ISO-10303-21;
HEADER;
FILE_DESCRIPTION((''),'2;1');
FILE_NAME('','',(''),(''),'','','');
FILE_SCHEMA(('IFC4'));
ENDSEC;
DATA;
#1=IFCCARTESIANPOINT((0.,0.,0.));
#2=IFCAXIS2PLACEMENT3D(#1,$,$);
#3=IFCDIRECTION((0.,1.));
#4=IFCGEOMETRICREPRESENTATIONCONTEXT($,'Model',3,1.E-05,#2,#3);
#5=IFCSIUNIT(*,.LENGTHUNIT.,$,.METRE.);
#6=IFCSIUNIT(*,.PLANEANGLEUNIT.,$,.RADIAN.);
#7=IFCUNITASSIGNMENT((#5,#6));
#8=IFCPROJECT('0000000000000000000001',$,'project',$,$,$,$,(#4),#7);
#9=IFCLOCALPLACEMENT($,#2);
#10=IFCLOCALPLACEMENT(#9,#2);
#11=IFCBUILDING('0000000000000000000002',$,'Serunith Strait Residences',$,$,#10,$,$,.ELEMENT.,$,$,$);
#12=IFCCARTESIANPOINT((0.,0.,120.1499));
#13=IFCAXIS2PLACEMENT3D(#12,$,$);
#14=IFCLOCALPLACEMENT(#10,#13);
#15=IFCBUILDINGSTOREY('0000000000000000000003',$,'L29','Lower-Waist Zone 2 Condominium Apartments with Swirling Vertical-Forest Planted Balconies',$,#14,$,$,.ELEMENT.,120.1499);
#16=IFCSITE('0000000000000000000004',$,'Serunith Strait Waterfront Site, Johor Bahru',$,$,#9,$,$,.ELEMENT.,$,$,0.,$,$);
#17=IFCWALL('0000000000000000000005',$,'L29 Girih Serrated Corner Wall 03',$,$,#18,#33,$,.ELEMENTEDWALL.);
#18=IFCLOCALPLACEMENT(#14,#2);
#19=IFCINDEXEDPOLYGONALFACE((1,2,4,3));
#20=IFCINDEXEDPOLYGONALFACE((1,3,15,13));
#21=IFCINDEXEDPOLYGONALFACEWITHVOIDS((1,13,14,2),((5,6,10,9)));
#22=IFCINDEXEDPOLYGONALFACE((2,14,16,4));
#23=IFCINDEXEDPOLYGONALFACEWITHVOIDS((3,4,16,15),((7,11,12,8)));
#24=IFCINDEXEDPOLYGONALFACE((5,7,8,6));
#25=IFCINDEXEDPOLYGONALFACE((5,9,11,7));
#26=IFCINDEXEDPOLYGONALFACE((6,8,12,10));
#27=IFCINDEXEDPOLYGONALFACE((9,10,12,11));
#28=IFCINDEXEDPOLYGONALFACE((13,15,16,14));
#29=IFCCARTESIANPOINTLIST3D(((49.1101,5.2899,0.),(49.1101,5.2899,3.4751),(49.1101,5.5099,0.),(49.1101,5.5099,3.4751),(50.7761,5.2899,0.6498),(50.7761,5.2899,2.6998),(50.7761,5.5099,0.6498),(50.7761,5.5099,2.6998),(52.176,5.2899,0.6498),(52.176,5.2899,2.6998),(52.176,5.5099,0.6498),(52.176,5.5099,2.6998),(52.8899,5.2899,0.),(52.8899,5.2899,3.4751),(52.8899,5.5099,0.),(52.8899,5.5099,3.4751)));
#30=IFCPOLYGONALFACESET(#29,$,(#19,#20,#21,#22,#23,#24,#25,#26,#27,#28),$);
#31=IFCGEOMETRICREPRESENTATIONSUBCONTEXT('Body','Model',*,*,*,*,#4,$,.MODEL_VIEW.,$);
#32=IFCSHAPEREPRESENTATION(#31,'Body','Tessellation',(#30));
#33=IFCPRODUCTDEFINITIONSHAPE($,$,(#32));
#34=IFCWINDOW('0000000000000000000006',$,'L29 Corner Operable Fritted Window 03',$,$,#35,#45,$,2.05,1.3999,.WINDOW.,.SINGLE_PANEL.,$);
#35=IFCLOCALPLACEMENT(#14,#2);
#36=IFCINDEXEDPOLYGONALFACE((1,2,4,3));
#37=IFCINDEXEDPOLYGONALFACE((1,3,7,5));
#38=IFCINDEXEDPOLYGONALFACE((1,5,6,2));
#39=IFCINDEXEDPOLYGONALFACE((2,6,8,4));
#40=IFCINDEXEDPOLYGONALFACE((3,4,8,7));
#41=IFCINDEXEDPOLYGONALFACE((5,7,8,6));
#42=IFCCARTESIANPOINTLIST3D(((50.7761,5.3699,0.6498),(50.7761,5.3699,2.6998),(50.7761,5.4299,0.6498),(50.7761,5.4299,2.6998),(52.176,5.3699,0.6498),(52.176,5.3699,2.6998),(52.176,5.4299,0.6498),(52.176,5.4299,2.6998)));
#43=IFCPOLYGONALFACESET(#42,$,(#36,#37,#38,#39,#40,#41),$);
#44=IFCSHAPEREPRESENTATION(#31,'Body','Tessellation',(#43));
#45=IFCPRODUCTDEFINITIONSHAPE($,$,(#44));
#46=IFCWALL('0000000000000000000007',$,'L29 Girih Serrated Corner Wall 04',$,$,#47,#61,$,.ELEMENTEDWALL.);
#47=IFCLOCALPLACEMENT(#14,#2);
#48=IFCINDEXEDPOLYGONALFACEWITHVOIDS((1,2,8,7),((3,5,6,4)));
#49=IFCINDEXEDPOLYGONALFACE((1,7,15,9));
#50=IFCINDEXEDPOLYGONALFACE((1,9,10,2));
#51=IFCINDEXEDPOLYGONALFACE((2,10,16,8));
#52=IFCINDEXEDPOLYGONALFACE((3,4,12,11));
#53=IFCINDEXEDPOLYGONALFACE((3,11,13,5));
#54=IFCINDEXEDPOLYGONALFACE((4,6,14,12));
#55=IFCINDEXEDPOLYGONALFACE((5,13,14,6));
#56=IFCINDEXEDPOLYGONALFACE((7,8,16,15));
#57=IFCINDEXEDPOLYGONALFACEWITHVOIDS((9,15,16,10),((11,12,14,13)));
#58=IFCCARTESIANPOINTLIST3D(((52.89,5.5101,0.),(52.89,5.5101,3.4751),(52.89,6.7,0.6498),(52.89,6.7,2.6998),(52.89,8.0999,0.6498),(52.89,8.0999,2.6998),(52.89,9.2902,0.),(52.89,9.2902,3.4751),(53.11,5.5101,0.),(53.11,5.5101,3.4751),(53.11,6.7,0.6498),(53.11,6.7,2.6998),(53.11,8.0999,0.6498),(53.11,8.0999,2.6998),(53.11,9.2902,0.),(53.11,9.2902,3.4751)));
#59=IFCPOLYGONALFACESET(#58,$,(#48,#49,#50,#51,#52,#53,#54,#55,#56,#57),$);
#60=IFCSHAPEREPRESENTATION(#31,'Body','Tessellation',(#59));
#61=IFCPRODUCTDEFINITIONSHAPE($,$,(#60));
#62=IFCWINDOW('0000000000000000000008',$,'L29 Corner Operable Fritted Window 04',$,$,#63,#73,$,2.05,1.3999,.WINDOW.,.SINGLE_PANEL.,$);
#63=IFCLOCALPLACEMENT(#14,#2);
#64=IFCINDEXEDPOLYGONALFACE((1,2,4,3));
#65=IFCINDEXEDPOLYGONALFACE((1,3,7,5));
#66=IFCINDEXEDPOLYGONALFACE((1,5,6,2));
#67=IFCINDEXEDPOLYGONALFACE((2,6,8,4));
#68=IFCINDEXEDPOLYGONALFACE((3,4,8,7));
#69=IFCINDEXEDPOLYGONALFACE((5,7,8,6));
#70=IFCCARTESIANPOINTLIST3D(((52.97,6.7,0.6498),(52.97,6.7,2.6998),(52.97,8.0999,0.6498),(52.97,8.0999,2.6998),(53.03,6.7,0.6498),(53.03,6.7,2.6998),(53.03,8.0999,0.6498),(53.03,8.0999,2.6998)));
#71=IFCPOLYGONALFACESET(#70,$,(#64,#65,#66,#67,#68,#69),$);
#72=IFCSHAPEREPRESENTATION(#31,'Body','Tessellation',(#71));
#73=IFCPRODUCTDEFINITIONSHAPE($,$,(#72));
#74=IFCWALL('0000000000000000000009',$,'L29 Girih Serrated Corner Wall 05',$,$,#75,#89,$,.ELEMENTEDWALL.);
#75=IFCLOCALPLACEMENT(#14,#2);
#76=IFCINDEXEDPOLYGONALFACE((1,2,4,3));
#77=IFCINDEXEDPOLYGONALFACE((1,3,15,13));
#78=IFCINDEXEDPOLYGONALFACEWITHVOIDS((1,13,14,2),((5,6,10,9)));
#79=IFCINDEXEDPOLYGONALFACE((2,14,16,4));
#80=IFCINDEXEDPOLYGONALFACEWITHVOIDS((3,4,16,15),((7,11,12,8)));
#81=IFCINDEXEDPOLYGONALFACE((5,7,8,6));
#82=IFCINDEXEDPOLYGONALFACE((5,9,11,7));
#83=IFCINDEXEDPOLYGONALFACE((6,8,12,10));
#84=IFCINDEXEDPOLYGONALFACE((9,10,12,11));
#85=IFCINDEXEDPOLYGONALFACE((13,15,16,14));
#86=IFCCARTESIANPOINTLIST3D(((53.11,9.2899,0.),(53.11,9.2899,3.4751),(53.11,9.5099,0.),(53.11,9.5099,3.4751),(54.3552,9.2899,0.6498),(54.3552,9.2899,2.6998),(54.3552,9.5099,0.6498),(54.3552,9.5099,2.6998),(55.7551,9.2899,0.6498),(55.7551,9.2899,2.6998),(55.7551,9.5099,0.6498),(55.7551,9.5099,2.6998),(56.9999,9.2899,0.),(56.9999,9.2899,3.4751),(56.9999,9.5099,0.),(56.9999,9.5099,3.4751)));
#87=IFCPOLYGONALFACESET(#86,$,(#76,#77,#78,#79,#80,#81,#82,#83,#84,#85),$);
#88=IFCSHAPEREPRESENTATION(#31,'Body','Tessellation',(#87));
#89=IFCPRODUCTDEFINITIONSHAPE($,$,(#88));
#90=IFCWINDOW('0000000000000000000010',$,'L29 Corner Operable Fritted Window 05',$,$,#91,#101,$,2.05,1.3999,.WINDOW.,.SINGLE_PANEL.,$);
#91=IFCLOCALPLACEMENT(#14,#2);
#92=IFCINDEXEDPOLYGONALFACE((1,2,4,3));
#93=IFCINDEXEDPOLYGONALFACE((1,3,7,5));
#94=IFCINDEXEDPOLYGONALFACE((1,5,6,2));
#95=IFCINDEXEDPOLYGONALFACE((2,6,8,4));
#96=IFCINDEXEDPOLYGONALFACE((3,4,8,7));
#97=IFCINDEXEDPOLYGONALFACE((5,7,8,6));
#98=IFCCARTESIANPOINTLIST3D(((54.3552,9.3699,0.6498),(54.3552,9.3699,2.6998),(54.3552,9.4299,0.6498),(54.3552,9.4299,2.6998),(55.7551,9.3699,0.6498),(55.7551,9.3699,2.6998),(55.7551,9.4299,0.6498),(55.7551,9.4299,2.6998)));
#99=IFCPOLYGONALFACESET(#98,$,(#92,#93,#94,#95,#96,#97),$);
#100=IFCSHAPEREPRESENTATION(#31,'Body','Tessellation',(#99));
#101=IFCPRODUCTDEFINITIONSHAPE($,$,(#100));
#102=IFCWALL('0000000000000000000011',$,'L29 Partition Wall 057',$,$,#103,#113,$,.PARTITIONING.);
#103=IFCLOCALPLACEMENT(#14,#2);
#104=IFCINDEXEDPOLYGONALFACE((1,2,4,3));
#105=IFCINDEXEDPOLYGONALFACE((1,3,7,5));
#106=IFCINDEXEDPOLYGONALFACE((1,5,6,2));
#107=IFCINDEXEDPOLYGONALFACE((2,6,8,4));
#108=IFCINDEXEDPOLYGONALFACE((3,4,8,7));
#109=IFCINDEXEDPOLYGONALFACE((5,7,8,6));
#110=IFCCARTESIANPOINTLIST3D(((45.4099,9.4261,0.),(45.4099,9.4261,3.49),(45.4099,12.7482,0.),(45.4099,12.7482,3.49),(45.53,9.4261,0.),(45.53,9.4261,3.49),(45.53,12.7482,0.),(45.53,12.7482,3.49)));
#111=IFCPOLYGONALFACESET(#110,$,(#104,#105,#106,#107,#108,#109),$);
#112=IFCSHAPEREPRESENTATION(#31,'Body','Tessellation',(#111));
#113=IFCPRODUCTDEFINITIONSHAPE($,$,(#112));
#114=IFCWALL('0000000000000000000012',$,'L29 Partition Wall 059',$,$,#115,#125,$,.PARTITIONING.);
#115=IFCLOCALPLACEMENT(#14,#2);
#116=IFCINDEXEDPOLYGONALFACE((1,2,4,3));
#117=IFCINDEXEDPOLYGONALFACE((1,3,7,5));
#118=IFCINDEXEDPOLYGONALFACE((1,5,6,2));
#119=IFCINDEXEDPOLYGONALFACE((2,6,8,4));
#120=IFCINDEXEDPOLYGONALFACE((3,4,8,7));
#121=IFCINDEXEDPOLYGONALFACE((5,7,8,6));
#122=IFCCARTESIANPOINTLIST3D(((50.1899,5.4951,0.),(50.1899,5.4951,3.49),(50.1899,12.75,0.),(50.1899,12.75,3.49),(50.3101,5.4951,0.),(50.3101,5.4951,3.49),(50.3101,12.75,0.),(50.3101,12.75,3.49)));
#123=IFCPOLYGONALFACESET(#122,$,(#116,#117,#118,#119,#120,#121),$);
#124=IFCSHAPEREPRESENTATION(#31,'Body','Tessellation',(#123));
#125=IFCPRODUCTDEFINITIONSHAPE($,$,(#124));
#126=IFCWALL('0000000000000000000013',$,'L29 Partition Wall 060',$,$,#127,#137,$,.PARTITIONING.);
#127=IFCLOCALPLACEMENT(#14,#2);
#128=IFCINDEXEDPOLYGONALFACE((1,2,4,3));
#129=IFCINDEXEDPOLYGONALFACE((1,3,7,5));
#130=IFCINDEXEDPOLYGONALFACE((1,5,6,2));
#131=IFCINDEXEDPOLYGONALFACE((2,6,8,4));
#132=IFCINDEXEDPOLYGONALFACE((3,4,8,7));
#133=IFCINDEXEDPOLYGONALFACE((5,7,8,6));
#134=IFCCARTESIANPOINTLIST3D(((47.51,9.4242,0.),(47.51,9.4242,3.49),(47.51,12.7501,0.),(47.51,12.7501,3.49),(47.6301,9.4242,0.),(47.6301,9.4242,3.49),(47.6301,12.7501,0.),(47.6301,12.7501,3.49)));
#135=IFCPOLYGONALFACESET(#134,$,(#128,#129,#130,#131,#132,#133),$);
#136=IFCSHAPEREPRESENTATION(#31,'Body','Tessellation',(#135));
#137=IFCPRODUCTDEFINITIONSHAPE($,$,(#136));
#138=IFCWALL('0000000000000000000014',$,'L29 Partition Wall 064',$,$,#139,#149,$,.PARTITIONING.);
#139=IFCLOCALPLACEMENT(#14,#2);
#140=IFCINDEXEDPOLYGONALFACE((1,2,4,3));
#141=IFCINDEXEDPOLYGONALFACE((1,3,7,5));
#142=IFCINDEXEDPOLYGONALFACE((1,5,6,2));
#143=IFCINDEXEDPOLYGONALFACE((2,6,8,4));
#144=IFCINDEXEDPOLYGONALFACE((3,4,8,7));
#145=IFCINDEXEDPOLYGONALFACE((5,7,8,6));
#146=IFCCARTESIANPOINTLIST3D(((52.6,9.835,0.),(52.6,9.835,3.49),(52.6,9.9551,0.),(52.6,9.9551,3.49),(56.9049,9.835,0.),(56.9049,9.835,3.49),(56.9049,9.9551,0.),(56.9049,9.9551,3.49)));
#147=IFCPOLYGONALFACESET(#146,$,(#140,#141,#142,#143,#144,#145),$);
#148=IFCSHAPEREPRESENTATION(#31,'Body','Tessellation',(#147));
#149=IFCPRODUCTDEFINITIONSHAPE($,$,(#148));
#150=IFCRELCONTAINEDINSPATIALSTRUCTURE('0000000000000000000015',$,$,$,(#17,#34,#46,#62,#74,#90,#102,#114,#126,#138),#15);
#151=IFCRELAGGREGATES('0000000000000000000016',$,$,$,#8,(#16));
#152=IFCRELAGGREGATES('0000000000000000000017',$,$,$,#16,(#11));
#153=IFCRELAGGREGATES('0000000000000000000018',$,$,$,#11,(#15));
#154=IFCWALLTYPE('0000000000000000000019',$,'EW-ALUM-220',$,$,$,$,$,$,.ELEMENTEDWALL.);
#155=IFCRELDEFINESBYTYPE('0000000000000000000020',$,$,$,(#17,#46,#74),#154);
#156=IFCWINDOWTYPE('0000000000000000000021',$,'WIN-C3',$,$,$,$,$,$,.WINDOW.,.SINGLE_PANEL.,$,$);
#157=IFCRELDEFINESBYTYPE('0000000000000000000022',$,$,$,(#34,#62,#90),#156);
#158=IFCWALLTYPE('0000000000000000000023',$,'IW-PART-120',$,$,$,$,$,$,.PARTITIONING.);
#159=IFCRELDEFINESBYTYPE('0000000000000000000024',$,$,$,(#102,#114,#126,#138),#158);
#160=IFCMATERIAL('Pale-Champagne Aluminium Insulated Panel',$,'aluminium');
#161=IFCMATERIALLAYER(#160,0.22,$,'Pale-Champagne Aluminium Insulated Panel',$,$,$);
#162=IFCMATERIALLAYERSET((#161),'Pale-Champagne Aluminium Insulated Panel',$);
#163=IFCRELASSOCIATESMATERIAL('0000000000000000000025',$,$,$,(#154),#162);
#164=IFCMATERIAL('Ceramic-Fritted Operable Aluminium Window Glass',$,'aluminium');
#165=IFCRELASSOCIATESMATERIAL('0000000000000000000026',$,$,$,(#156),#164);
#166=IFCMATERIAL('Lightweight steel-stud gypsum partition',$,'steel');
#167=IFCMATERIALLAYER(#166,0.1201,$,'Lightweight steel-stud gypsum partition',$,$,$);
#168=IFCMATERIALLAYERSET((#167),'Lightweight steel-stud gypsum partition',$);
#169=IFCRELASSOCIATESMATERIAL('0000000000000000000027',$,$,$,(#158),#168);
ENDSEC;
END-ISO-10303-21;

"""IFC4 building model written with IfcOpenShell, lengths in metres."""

from ifc_helpers import new_model, si_unit, direction, frame, frame_2d, origin, place, context, subcontext, project, spatial, rectangle, extrude, source, transform, mapped, material, layer, layer_set, type_object, element, fill, save


model = new_model("IFC4")

# Units and contexts
model_context = context("Model", 3, precision=1e-05, world=origin(), true_north=direction((0.0, 1.0)))
body_context = subcontext(model_context, "Body", "Model", "MODEL_VIEW")
ifc_project = project(units=[si_unit("LENGTHUNIT", "METRE"), si_unit("PLANEANGLEUNIT", "RADIAN")], contexts=[model_context])

# Site, building, storey
site_placement = place(None, origin())
site = spatial("IfcSite", under=ifc_project, at=site_placement, Name="Serunith Strait Waterfront Site, Johor Bahru", CompositionType="ELEMENT", RefElevation=0.0)
building_placement = place(site_placement, origin())
building = spatial("IfcBuilding", under=site, at=building_placement, Name="Serunith Strait Residences", CompositionType="ELEMENT")
storey_placement = place(building_placement, frame((0.0, 0.0, 120.1499)))
storey = spatial("IfcBuildingStorey", under=building, at=storey_placement, Name="L29", Description="Lower-Waist Zone 2 Condominium Apartments with Swirling Vertical-Forest Planted Balconies", CompositionType="ELEMENT", Elevation=120.1499)

# Walls, openings, windows
ifc_material_1 = material(Name="Pale-Champagne Aluminium Insulated Panel", Category="aluminium")
ifc_layer_1 = layer(ifc_material_1, 0.22, Name="Pale-Champagne Aluminium Insulated Panel")
ifc_layer_set_1 = layer_set([ifc_layer_1], Name="Pale-Champagne Aluminium Insulated Panel")
wall_type_1 = type_object("IfcWallType", Name="EW-ALUM-220", PredefinedType="ELEMENTEDWALL", material=ifc_layer_set_1)
ifc_material_2 = material(Name="Ceramic-Fritted Operable Aluminium Window Glass", Category="aluminium")
window_type = type_object("IfcWindowType", Name="WIN-C3", PartitioningType="SINGLE_PANEL", PredefinedType="WINDOW", material=ifc_material_2)
shared_shape_1 = source(origin(), body_context, "Body", "SweptSolid", [
    extrude(rectangle(XDim=1.3999, YDim=2.05, at=frame_2d((0.7, 1.0249))), frame((0.0, 0.03, 0.0), z_axis=(0.0, -1.0, 0.0), x_axis=(1.0, 0.0, 0.0)), (0.0, 0.0, 1.0), 0.0601),
])
wall_1_placement = place(storey_placement, frame((49.1101, 5.3999, 0.0), z_axis=(0.0, 0.0, 1.0), x_axis=(1.0, 0.0, 0.0)))
wall_1 = element("IfcWall", 1, at=wall_1_placement, inside=storey, type_object=wall_type_1, Name="L29 Girih Serrated Corner Wall 03", PredefinedType="ELEMENTEDWALL", context=body_context, shape_type="SweptSolid", body=[
    extrude(rectangle(XDim=3.7798, YDim=0.22, at=frame_2d((1.8899, 0.0))), origin(), (0.0, 0.0, 1.0), 3.4751),
])
opening_1_placement = place(wall_1_placement, frame((1.666, 0.0, 0.6499)))
opening_1 = element("IfcOpeningElement", 2, at=opening_1_placement, cuts=wall_1, PredefinedType="OPENING", context=body_context, shape_type="SweptSolid", body=[
    extrude(rectangle(XDim=1.3999, YDim=2.05, at=frame_2d((0.7, 1.0249))), frame((0.0, 0.1201, 0.0), z_axis=(0.0, -1.0, 0.0), x_axis=(1.0, 0.0, 0.0)), (0.0, 0.0, 1.0), 0.24),
])
window_1_placement = place(opening_1_placement, origin())
window_1 = element("IfcWindow", 3, at=window_1_placement, inside=storey, type_object=window_type, Name="L29 Corner Operable Fritted Window 03", OverallHeight=2.05, OverallWidth=1.3999, PartitioningType="SINGLE_PANEL", PredefinedType="WINDOW", context=body_context, shape_type="MappedRepresentation", body=[
    mapped(shared_shape_1, transform((0.0, 0.0, 0.0), scale=1.0)),
])
fill(opening_1, window_1)
wall_2_placement = place(storey_placement, frame((53.0, 5.51, 0.0), z_axis=(0.0, 0.0, 1.0), x_axis=(0.0, 1.0, 0.0)))
wall_2 = element("IfcWall", 4, at=wall_2_placement, inside=storey, type_object=wall_type_1, Name="L29 Girih Serrated Corner Wall 04", PredefinedType="ELEMENTEDWALL", context=body_context, shape_type="SweptSolid", body=[
    extrude(rectangle(XDim=3.78, YDim=0.22, at=frame_2d((1.8901, 0.0))), origin(), (0.0, 0.0, 1.0), 3.4751),
])
opening_2_placement = place(wall_2_placement, frame((1.1899, 0.0, 0.6499)))
opening_2 = element("IfcOpeningElement", 5, at=opening_2_placement, cuts=wall_2, PredefinedType="OPENING", context=body_context, shape_type="SweptSolid", body=[
    extrude(rectangle(XDim=1.3999, YDim=2.05, at=frame_2d((0.7, 1.0249))), frame((0.0, 0.1201, 0.0), z_axis=(0.0, -1.0, 0.0), x_axis=(1.0, 0.0, 0.0)), (0.0, 0.0, 1.0), 0.24),
])
window_2_placement = place(opening_2_placement, origin())
window_2 = element("IfcWindow", 6, at=window_2_placement, inside=storey, type_object=window_type, Name="L29 Corner Operable Fritted Window 04", OverallHeight=2.05, OverallWidth=1.3999, PartitioningType="SINGLE_PANEL", PredefinedType="WINDOW", context=body_context, shape_type="MappedRepresentation", body=[
    mapped(shared_shape_1, transform((0.0, 0.0, 0.0), scale=1.0)),
])
fill(opening_2, window_2)
wall_3_placement = place(storey_placement, frame((53.1101, 9.3999, 0.0), z_axis=(0.0, 0.0, 1.0), x_axis=(1.0, 0.0, 0.0)))
wall_3 = element("IfcWall", 7, at=wall_3_placement, inside=storey, type_object=wall_type_1, Name="L29 Girih Serrated Corner Wall 05", PredefinedType="ELEMENTEDWALL", context=body_context, shape_type="SweptSolid", body=[
    extrude(rectangle(XDim=3.8899, YDim=0.22, at=frame_2d((1.9448, 0.0))), origin(), (0.0, 0.0, 1.0), 3.4751),
])
opening_3_placement = place(wall_3_placement, frame((1.2451, 0.0, 0.6499)))
opening_3 = element("IfcOpeningElement", 8, at=opening_3_placement, cuts=wall_3, PredefinedType="OPENING", context=body_context, shape_type="SweptSolid", body=[
    extrude(rectangle(XDim=1.3999, YDim=2.05, at=frame_2d((0.7, 1.0249))), frame((0.0, 0.1201, 0.0), z_axis=(0.0, -1.0, 0.0), x_axis=(1.0, 0.0, 0.0)), (0.0, 0.0, 1.0), 0.24),
])
window_3_placement = place(opening_3_placement, origin())
window_3 = element("IfcWindow", 9, at=window_3_placement, inside=storey, type_object=window_type, Name="L29 Corner Operable Fritted Window 05", OverallHeight=2.05, OverallWidth=1.3999, PartitioningType="SINGLE_PANEL", PredefinedType="WINDOW", context=body_context, shape_type="MappedRepresentation", body=[
    mapped(shared_shape_1, transform((0.0, 0.0, 0.0), scale=1.0)),
])
fill(opening_3, window_3)

# Walls
ifc_material_3 = material(Name="Lightweight steel-stud gypsum partition", Category="steel")
ifc_layer_2 = layer(ifc_material_3, 0.1201, Name="Lightweight steel-stud gypsum partition")
ifc_layer_set_2 = layer_set([ifc_layer_2], Name="Lightweight steel-stud gypsum partition")
wall_type_2 = type_object("IfcWallType", Name="IW-PART-120", PredefinedType="PARTITIONING", material=ifc_layer_set_2)
wall_4_placement = place(storey_placement, frame((45.47, 9.426, 0.0), z_axis=(0.0, 0.0, 1.0), x_axis=(0.0, 1.0, 0.0)))
element("IfcWall", 10, at=wall_4_placement, inside=storey, type_object=wall_type_2, Name="L29 Partition Wall 057", PredefinedType="PARTITIONING", context=body_context, shape_type="SweptSolid", body=[
    extrude(rectangle(XDim=3.322, YDim=0.1201, at=frame_2d((1.6611, 0.0))), origin(), (0.0, 0.0, 1.0), 3.49),
])
wall_5_placement = place(storey_placement, frame((50.25, 5.4951, 0.0), z_axis=(0.0, 0.0, 1.0), x_axis=(0.0, 1.0, 0.0)))
element("IfcWall", 11, at=wall_5_placement, inside=storey, type_object=wall_type_2, Name="L29 Partition Wall 059", PredefinedType="PARTITIONING", context=body_context, shape_type="SweptSolid", body=[
    extrude(rectangle(XDim=7.2549, YDim=0.1201, at=frame_2d((3.6274, 0.0))), origin(), (0.0, 0.0, 1.0), 3.49),
])
wall_6_placement = place(storey_placement, frame((47.5701, 9.4241, 0.0), z_axis=(0.0, 0.0, 1.0), x_axis=(0.0, 1.0, 0.0)))
element("IfcWall", 12, at=wall_6_placement, inside=storey, type_object=wall_type_2, Name="L29 Partition Wall 060", PredefinedType="PARTITIONING", context=body_context, shape_type="SweptSolid", body=[
    extrude(rectangle(XDim=3.3259, YDim=0.1201, at=frame_2d((1.6631, 0.0))), origin(), (0.0, 0.0, 1.0), 3.49),
])
wall_7_placement = place(storey_placement, frame((52.6001, 9.895, 0.0), z_axis=(0.0, 0.0, 1.0), x_axis=(1.0, 0.0, 0.0)))
element("IfcWall", 13, at=wall_7_placement, inside=storey, type_object=wall_type_2, Name="L29 Partition Wall 064", PredefinedType="PARTITIONING", context=body_context, shape_type="SweptSolid", body=[
    extrude(rectangle(XDim=4.3049, YDim=0.1201, at=frame_2d((2.1523, 0.0))), origin(), (0.0, 0.0, 1.0), 3.49),
])

save(model, "model.ifc")
